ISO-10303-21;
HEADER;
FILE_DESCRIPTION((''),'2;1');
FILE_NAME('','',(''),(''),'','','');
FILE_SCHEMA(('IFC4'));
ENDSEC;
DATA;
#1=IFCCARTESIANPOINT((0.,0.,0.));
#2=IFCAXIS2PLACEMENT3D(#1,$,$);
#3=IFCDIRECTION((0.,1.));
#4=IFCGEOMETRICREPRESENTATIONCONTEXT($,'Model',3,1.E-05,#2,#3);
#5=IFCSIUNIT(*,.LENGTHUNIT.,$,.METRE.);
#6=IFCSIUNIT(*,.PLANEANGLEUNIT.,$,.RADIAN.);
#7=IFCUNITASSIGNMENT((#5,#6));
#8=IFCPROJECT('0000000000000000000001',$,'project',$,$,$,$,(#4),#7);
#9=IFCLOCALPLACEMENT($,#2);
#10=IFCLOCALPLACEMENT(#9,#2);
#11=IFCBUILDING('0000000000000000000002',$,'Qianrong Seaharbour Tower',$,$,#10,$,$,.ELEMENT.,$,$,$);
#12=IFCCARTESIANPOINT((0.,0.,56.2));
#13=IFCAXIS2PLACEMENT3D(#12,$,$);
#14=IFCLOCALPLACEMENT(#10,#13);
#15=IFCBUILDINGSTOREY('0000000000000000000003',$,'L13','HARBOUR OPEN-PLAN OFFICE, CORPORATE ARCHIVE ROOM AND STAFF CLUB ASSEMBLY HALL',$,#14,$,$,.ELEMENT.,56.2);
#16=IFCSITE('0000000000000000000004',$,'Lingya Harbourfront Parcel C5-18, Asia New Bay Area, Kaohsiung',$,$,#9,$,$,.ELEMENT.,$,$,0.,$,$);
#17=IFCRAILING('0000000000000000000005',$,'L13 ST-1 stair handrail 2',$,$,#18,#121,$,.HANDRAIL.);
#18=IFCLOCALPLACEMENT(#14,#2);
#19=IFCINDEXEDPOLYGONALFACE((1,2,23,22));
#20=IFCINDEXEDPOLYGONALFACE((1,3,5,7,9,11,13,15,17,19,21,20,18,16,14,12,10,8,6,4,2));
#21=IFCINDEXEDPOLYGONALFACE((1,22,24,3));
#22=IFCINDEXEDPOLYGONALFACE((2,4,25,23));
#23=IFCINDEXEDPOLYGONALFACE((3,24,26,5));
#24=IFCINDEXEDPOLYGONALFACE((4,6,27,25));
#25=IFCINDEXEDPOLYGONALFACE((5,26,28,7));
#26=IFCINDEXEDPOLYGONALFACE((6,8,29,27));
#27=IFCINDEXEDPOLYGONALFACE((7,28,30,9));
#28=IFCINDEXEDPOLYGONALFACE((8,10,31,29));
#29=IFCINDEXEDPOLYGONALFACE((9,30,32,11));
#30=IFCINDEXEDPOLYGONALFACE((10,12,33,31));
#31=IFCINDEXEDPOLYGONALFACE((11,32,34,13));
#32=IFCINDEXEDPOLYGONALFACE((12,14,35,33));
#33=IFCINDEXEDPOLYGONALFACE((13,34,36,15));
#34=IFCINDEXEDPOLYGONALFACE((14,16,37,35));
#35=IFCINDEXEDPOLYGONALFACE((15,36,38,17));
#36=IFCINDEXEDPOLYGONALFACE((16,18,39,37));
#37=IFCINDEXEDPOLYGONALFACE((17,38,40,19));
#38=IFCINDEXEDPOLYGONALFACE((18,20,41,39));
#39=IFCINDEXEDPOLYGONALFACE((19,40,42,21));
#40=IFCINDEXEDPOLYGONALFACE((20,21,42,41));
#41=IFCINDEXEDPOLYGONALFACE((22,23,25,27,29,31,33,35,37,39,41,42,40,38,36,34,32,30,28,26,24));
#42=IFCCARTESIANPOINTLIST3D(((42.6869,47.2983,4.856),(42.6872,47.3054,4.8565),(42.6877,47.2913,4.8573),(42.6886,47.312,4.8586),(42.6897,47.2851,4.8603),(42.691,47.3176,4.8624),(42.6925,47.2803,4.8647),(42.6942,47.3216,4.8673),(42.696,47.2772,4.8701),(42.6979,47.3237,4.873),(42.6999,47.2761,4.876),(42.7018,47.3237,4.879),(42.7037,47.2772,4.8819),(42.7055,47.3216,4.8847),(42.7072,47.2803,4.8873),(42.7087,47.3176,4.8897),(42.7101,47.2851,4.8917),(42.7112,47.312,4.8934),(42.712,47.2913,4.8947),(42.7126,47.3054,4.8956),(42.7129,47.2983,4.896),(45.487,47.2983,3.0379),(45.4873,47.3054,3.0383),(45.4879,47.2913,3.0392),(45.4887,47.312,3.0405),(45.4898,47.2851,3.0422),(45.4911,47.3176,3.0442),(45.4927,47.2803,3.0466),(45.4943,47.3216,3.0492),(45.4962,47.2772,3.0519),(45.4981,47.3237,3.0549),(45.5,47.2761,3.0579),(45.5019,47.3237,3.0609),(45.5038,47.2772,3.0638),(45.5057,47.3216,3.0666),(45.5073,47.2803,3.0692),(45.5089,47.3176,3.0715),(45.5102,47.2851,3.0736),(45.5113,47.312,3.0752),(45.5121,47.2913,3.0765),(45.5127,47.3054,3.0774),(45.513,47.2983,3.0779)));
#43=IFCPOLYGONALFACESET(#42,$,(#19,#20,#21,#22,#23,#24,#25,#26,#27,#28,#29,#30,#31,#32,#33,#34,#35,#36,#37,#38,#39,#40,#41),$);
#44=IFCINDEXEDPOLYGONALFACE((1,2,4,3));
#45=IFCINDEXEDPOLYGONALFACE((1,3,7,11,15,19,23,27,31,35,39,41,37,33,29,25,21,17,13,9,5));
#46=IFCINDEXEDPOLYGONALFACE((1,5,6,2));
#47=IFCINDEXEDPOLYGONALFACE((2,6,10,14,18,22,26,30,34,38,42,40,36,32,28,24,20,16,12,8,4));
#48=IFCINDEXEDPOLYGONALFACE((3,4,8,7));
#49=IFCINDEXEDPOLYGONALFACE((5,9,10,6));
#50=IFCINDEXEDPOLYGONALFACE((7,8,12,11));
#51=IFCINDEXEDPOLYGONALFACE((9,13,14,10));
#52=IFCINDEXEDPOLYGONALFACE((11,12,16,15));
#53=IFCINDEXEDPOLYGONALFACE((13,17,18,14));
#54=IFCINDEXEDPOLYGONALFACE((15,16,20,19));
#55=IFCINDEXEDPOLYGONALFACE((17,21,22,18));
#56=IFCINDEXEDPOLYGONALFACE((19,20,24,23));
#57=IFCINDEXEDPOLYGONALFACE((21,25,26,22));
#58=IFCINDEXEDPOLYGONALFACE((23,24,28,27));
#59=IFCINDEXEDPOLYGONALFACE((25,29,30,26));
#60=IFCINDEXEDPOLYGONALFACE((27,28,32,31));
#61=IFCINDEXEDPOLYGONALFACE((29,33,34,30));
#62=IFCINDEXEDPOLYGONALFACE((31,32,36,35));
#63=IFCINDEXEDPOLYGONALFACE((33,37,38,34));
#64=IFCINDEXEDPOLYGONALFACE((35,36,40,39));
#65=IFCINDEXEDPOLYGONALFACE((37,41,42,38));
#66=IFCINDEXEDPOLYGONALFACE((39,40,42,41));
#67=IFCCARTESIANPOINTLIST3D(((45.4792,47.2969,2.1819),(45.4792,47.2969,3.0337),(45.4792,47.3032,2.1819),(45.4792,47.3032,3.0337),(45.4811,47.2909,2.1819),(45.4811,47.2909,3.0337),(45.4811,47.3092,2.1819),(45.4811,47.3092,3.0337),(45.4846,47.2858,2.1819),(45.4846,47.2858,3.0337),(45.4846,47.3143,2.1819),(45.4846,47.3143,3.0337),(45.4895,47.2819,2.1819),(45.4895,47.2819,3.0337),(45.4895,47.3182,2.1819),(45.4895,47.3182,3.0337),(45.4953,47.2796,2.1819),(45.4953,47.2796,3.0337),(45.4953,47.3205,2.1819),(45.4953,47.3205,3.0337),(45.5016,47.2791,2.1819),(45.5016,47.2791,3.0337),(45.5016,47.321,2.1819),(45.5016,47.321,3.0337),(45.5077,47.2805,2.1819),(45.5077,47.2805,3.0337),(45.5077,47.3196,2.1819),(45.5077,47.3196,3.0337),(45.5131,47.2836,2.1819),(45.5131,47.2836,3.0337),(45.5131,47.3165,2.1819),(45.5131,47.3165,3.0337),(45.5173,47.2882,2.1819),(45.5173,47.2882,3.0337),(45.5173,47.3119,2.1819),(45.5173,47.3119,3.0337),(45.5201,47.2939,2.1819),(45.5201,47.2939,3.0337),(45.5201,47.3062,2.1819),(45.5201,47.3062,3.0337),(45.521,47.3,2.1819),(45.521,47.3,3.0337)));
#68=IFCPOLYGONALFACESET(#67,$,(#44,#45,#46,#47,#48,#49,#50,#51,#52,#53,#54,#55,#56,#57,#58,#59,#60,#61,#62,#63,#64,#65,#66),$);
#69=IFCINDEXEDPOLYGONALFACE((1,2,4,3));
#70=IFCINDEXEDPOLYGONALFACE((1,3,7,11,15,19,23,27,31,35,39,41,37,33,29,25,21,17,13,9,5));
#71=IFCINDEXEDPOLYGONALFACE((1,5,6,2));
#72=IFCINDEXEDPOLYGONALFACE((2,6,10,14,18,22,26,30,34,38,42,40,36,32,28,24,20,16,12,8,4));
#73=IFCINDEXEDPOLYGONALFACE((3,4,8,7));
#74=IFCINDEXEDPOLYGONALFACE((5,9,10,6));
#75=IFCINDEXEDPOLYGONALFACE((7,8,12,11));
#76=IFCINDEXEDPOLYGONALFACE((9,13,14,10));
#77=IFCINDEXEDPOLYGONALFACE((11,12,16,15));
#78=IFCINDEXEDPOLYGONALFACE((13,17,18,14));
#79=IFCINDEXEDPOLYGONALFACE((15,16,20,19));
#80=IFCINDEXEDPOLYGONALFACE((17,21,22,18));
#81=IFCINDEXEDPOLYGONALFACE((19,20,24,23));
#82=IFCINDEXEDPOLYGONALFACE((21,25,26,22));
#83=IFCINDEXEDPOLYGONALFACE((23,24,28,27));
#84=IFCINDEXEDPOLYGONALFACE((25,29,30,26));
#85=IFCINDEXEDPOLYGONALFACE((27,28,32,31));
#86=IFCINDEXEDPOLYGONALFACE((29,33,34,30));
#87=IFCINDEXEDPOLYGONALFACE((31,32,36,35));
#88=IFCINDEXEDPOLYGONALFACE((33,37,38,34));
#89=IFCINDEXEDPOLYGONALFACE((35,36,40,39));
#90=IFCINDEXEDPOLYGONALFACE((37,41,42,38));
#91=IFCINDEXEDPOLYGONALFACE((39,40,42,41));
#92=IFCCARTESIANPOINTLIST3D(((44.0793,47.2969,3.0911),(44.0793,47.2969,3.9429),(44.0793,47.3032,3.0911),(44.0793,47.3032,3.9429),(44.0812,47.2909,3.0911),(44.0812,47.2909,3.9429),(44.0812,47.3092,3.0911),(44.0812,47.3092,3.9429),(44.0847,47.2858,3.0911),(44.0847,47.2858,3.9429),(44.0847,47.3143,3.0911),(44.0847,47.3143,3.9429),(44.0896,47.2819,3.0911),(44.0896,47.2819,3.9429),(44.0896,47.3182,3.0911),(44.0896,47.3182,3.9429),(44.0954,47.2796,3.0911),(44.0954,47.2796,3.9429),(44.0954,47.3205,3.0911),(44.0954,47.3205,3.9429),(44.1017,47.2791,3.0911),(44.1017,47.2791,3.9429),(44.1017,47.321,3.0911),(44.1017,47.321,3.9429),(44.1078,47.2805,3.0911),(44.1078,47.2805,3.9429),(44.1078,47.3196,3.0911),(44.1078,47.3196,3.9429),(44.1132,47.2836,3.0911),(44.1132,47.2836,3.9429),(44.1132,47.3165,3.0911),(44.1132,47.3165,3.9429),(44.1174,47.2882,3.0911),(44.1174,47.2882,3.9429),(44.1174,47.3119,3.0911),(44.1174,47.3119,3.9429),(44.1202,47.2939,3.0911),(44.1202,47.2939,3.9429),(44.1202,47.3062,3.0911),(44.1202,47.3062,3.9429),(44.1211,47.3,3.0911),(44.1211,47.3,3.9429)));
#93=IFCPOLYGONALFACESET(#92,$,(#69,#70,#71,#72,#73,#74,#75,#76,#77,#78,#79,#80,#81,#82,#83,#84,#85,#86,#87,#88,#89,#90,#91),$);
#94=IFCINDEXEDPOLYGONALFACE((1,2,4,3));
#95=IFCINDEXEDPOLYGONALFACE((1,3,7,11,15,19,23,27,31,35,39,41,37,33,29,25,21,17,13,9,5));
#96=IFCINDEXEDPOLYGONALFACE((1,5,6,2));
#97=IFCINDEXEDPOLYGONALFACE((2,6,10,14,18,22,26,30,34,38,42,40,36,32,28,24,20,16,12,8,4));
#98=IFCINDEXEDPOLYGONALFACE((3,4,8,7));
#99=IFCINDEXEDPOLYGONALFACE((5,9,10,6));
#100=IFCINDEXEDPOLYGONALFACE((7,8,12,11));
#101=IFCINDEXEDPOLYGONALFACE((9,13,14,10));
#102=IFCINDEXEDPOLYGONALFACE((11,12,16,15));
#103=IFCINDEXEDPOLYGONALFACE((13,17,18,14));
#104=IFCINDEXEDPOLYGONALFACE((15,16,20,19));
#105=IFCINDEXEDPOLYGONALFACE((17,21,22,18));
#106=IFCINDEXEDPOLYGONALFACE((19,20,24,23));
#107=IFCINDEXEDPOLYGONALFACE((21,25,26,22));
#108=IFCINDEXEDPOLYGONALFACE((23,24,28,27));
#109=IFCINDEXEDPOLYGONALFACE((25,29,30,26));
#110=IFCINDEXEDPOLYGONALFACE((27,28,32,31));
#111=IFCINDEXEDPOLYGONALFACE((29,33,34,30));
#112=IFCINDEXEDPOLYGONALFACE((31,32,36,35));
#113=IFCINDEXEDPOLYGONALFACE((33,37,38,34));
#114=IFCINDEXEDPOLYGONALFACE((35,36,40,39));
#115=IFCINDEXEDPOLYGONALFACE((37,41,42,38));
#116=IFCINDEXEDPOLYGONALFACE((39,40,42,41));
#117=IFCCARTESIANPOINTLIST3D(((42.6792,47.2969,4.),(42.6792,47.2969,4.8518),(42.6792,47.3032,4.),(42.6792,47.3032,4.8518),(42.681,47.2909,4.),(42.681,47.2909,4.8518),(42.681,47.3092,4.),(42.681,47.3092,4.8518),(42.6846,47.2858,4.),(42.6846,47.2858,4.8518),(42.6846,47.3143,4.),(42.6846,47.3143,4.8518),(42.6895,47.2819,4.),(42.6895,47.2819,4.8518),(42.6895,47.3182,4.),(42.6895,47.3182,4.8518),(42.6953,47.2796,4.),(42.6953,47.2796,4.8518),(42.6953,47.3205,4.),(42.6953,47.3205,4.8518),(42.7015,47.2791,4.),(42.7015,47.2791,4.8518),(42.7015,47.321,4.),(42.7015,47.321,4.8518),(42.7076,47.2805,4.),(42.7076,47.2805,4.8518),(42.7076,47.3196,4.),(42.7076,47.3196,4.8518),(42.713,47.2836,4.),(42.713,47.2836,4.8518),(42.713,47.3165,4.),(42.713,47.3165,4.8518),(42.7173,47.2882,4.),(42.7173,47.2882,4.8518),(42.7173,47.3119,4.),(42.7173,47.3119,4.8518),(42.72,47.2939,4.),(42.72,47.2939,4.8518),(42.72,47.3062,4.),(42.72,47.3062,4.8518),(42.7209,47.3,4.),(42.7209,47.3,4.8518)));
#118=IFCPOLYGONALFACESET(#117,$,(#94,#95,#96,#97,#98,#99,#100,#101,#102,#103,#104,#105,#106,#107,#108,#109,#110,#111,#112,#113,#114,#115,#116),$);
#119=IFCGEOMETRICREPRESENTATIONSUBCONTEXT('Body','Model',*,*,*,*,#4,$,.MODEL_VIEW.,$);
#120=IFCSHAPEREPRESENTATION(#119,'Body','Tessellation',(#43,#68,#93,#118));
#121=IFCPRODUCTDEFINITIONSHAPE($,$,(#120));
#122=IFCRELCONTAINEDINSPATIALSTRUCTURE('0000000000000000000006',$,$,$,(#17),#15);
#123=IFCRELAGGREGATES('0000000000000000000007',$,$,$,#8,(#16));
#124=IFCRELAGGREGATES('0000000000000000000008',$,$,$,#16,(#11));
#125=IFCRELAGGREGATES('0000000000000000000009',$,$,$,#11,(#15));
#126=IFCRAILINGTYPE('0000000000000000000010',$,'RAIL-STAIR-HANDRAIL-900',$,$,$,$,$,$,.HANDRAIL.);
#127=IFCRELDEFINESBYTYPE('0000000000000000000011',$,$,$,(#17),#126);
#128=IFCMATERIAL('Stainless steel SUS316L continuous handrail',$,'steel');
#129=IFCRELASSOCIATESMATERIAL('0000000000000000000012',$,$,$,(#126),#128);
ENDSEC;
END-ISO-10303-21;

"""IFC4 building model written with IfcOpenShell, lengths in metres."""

from ifc_helpers import new_model, si_unit, direction, frame, origin, origin_2d, place, context, subcontext, project, spatial, circle, extrude, material, type_object, element, save


model = new_model("IFC4")

# Units and contexts
model_context = context("Model", 3, precision=1e-05, world=origin(), true_north=direction((0.0, 1.0)))
body_context = subcontext(model_context, "Body", "Model", "MODEL_VIEW")
ifc_project = project(units=[si_unit("LENGTHUNIT", "METRE"), si_unit("PLANEANGLEUNIT", "RADIAN")], contexts=[model_context])

# Site, building, storey
site_placement = place(None, origin())
site = spatial("IfcSite", under=ifc_project, at=site_placement, Name="Lingya Harbourfront Parcel C5-18, Asia New Bay Area, Kaohsiung", CompositionType="ELEMENT", RefElevation=0.0)
building_placement = place(site_placement, origin())
building = spatial("IfcBuilding", under=site, at=building_placement, Name="Qianrong Seaharbour Tower", CompositionType="ELEMENT")
storey_placement = place(building_placement, frame((0.0, 0.0, 56.2)))
storey = spatial("IfcBuildingStorey", under=building, at=storey_placement, Name="L13", Description="HARBOUR OPEN-PLAN OFFICE, CORPORATE ARCHIVE ROOM AND STAFF CLUB ASSEMBLY HALL", CompositionType="ELEMENT", Elevation=56.2)

# Railing
ifc_material_1 = material(Name="Stainless steel SUS316L continuous handrail", Category="steel")
railing_type_1 = type_object("IfcRailingType", Name="RAIL-STAIR-HANDRAIL-900", PredefinedType="HANDRAIL", material=ifc_material_1)
railing_1_placement = place(storey_placement, frame((45.5, 47.3, 2.1819)))
element("IfcRailing", 1, at=railing_1_placement, inside=storey, type_object=railing_type_1, Name="L13 ST-1 stair handrail 2", PredefinedType="HANDRAIL", context=body_context, shape_type="SweptSolid", body=[
    extrude(circle(Radius=0.0239, at=origin_2d()), frame((0.0, 0.0, 0.876), z_axis=(-0.838706, 0.0, 0.544585), x_axis=(0.0, -1.0, 0.0)), (0.0, 0.0, 1.0), 3.3386),
    extrude(circle(Radius=0.021, at=origin_2d()), origin(), (0.0, 0.0, 1.0), 0.8518),
    extrude(circle(Radius=0.021, at=origin_2d()), frame((-1.3999, 0.0, 0.9092)), (0.0, 0.0, 1.0), 0.8518),
    extrude(circle(Radius=0.021, at=origin_2d()), frame((-2.8, 0.0, 1.8181)), (0.0, 0.0, 1.0), 0.8518),
])

save(model, "model.ifc")
